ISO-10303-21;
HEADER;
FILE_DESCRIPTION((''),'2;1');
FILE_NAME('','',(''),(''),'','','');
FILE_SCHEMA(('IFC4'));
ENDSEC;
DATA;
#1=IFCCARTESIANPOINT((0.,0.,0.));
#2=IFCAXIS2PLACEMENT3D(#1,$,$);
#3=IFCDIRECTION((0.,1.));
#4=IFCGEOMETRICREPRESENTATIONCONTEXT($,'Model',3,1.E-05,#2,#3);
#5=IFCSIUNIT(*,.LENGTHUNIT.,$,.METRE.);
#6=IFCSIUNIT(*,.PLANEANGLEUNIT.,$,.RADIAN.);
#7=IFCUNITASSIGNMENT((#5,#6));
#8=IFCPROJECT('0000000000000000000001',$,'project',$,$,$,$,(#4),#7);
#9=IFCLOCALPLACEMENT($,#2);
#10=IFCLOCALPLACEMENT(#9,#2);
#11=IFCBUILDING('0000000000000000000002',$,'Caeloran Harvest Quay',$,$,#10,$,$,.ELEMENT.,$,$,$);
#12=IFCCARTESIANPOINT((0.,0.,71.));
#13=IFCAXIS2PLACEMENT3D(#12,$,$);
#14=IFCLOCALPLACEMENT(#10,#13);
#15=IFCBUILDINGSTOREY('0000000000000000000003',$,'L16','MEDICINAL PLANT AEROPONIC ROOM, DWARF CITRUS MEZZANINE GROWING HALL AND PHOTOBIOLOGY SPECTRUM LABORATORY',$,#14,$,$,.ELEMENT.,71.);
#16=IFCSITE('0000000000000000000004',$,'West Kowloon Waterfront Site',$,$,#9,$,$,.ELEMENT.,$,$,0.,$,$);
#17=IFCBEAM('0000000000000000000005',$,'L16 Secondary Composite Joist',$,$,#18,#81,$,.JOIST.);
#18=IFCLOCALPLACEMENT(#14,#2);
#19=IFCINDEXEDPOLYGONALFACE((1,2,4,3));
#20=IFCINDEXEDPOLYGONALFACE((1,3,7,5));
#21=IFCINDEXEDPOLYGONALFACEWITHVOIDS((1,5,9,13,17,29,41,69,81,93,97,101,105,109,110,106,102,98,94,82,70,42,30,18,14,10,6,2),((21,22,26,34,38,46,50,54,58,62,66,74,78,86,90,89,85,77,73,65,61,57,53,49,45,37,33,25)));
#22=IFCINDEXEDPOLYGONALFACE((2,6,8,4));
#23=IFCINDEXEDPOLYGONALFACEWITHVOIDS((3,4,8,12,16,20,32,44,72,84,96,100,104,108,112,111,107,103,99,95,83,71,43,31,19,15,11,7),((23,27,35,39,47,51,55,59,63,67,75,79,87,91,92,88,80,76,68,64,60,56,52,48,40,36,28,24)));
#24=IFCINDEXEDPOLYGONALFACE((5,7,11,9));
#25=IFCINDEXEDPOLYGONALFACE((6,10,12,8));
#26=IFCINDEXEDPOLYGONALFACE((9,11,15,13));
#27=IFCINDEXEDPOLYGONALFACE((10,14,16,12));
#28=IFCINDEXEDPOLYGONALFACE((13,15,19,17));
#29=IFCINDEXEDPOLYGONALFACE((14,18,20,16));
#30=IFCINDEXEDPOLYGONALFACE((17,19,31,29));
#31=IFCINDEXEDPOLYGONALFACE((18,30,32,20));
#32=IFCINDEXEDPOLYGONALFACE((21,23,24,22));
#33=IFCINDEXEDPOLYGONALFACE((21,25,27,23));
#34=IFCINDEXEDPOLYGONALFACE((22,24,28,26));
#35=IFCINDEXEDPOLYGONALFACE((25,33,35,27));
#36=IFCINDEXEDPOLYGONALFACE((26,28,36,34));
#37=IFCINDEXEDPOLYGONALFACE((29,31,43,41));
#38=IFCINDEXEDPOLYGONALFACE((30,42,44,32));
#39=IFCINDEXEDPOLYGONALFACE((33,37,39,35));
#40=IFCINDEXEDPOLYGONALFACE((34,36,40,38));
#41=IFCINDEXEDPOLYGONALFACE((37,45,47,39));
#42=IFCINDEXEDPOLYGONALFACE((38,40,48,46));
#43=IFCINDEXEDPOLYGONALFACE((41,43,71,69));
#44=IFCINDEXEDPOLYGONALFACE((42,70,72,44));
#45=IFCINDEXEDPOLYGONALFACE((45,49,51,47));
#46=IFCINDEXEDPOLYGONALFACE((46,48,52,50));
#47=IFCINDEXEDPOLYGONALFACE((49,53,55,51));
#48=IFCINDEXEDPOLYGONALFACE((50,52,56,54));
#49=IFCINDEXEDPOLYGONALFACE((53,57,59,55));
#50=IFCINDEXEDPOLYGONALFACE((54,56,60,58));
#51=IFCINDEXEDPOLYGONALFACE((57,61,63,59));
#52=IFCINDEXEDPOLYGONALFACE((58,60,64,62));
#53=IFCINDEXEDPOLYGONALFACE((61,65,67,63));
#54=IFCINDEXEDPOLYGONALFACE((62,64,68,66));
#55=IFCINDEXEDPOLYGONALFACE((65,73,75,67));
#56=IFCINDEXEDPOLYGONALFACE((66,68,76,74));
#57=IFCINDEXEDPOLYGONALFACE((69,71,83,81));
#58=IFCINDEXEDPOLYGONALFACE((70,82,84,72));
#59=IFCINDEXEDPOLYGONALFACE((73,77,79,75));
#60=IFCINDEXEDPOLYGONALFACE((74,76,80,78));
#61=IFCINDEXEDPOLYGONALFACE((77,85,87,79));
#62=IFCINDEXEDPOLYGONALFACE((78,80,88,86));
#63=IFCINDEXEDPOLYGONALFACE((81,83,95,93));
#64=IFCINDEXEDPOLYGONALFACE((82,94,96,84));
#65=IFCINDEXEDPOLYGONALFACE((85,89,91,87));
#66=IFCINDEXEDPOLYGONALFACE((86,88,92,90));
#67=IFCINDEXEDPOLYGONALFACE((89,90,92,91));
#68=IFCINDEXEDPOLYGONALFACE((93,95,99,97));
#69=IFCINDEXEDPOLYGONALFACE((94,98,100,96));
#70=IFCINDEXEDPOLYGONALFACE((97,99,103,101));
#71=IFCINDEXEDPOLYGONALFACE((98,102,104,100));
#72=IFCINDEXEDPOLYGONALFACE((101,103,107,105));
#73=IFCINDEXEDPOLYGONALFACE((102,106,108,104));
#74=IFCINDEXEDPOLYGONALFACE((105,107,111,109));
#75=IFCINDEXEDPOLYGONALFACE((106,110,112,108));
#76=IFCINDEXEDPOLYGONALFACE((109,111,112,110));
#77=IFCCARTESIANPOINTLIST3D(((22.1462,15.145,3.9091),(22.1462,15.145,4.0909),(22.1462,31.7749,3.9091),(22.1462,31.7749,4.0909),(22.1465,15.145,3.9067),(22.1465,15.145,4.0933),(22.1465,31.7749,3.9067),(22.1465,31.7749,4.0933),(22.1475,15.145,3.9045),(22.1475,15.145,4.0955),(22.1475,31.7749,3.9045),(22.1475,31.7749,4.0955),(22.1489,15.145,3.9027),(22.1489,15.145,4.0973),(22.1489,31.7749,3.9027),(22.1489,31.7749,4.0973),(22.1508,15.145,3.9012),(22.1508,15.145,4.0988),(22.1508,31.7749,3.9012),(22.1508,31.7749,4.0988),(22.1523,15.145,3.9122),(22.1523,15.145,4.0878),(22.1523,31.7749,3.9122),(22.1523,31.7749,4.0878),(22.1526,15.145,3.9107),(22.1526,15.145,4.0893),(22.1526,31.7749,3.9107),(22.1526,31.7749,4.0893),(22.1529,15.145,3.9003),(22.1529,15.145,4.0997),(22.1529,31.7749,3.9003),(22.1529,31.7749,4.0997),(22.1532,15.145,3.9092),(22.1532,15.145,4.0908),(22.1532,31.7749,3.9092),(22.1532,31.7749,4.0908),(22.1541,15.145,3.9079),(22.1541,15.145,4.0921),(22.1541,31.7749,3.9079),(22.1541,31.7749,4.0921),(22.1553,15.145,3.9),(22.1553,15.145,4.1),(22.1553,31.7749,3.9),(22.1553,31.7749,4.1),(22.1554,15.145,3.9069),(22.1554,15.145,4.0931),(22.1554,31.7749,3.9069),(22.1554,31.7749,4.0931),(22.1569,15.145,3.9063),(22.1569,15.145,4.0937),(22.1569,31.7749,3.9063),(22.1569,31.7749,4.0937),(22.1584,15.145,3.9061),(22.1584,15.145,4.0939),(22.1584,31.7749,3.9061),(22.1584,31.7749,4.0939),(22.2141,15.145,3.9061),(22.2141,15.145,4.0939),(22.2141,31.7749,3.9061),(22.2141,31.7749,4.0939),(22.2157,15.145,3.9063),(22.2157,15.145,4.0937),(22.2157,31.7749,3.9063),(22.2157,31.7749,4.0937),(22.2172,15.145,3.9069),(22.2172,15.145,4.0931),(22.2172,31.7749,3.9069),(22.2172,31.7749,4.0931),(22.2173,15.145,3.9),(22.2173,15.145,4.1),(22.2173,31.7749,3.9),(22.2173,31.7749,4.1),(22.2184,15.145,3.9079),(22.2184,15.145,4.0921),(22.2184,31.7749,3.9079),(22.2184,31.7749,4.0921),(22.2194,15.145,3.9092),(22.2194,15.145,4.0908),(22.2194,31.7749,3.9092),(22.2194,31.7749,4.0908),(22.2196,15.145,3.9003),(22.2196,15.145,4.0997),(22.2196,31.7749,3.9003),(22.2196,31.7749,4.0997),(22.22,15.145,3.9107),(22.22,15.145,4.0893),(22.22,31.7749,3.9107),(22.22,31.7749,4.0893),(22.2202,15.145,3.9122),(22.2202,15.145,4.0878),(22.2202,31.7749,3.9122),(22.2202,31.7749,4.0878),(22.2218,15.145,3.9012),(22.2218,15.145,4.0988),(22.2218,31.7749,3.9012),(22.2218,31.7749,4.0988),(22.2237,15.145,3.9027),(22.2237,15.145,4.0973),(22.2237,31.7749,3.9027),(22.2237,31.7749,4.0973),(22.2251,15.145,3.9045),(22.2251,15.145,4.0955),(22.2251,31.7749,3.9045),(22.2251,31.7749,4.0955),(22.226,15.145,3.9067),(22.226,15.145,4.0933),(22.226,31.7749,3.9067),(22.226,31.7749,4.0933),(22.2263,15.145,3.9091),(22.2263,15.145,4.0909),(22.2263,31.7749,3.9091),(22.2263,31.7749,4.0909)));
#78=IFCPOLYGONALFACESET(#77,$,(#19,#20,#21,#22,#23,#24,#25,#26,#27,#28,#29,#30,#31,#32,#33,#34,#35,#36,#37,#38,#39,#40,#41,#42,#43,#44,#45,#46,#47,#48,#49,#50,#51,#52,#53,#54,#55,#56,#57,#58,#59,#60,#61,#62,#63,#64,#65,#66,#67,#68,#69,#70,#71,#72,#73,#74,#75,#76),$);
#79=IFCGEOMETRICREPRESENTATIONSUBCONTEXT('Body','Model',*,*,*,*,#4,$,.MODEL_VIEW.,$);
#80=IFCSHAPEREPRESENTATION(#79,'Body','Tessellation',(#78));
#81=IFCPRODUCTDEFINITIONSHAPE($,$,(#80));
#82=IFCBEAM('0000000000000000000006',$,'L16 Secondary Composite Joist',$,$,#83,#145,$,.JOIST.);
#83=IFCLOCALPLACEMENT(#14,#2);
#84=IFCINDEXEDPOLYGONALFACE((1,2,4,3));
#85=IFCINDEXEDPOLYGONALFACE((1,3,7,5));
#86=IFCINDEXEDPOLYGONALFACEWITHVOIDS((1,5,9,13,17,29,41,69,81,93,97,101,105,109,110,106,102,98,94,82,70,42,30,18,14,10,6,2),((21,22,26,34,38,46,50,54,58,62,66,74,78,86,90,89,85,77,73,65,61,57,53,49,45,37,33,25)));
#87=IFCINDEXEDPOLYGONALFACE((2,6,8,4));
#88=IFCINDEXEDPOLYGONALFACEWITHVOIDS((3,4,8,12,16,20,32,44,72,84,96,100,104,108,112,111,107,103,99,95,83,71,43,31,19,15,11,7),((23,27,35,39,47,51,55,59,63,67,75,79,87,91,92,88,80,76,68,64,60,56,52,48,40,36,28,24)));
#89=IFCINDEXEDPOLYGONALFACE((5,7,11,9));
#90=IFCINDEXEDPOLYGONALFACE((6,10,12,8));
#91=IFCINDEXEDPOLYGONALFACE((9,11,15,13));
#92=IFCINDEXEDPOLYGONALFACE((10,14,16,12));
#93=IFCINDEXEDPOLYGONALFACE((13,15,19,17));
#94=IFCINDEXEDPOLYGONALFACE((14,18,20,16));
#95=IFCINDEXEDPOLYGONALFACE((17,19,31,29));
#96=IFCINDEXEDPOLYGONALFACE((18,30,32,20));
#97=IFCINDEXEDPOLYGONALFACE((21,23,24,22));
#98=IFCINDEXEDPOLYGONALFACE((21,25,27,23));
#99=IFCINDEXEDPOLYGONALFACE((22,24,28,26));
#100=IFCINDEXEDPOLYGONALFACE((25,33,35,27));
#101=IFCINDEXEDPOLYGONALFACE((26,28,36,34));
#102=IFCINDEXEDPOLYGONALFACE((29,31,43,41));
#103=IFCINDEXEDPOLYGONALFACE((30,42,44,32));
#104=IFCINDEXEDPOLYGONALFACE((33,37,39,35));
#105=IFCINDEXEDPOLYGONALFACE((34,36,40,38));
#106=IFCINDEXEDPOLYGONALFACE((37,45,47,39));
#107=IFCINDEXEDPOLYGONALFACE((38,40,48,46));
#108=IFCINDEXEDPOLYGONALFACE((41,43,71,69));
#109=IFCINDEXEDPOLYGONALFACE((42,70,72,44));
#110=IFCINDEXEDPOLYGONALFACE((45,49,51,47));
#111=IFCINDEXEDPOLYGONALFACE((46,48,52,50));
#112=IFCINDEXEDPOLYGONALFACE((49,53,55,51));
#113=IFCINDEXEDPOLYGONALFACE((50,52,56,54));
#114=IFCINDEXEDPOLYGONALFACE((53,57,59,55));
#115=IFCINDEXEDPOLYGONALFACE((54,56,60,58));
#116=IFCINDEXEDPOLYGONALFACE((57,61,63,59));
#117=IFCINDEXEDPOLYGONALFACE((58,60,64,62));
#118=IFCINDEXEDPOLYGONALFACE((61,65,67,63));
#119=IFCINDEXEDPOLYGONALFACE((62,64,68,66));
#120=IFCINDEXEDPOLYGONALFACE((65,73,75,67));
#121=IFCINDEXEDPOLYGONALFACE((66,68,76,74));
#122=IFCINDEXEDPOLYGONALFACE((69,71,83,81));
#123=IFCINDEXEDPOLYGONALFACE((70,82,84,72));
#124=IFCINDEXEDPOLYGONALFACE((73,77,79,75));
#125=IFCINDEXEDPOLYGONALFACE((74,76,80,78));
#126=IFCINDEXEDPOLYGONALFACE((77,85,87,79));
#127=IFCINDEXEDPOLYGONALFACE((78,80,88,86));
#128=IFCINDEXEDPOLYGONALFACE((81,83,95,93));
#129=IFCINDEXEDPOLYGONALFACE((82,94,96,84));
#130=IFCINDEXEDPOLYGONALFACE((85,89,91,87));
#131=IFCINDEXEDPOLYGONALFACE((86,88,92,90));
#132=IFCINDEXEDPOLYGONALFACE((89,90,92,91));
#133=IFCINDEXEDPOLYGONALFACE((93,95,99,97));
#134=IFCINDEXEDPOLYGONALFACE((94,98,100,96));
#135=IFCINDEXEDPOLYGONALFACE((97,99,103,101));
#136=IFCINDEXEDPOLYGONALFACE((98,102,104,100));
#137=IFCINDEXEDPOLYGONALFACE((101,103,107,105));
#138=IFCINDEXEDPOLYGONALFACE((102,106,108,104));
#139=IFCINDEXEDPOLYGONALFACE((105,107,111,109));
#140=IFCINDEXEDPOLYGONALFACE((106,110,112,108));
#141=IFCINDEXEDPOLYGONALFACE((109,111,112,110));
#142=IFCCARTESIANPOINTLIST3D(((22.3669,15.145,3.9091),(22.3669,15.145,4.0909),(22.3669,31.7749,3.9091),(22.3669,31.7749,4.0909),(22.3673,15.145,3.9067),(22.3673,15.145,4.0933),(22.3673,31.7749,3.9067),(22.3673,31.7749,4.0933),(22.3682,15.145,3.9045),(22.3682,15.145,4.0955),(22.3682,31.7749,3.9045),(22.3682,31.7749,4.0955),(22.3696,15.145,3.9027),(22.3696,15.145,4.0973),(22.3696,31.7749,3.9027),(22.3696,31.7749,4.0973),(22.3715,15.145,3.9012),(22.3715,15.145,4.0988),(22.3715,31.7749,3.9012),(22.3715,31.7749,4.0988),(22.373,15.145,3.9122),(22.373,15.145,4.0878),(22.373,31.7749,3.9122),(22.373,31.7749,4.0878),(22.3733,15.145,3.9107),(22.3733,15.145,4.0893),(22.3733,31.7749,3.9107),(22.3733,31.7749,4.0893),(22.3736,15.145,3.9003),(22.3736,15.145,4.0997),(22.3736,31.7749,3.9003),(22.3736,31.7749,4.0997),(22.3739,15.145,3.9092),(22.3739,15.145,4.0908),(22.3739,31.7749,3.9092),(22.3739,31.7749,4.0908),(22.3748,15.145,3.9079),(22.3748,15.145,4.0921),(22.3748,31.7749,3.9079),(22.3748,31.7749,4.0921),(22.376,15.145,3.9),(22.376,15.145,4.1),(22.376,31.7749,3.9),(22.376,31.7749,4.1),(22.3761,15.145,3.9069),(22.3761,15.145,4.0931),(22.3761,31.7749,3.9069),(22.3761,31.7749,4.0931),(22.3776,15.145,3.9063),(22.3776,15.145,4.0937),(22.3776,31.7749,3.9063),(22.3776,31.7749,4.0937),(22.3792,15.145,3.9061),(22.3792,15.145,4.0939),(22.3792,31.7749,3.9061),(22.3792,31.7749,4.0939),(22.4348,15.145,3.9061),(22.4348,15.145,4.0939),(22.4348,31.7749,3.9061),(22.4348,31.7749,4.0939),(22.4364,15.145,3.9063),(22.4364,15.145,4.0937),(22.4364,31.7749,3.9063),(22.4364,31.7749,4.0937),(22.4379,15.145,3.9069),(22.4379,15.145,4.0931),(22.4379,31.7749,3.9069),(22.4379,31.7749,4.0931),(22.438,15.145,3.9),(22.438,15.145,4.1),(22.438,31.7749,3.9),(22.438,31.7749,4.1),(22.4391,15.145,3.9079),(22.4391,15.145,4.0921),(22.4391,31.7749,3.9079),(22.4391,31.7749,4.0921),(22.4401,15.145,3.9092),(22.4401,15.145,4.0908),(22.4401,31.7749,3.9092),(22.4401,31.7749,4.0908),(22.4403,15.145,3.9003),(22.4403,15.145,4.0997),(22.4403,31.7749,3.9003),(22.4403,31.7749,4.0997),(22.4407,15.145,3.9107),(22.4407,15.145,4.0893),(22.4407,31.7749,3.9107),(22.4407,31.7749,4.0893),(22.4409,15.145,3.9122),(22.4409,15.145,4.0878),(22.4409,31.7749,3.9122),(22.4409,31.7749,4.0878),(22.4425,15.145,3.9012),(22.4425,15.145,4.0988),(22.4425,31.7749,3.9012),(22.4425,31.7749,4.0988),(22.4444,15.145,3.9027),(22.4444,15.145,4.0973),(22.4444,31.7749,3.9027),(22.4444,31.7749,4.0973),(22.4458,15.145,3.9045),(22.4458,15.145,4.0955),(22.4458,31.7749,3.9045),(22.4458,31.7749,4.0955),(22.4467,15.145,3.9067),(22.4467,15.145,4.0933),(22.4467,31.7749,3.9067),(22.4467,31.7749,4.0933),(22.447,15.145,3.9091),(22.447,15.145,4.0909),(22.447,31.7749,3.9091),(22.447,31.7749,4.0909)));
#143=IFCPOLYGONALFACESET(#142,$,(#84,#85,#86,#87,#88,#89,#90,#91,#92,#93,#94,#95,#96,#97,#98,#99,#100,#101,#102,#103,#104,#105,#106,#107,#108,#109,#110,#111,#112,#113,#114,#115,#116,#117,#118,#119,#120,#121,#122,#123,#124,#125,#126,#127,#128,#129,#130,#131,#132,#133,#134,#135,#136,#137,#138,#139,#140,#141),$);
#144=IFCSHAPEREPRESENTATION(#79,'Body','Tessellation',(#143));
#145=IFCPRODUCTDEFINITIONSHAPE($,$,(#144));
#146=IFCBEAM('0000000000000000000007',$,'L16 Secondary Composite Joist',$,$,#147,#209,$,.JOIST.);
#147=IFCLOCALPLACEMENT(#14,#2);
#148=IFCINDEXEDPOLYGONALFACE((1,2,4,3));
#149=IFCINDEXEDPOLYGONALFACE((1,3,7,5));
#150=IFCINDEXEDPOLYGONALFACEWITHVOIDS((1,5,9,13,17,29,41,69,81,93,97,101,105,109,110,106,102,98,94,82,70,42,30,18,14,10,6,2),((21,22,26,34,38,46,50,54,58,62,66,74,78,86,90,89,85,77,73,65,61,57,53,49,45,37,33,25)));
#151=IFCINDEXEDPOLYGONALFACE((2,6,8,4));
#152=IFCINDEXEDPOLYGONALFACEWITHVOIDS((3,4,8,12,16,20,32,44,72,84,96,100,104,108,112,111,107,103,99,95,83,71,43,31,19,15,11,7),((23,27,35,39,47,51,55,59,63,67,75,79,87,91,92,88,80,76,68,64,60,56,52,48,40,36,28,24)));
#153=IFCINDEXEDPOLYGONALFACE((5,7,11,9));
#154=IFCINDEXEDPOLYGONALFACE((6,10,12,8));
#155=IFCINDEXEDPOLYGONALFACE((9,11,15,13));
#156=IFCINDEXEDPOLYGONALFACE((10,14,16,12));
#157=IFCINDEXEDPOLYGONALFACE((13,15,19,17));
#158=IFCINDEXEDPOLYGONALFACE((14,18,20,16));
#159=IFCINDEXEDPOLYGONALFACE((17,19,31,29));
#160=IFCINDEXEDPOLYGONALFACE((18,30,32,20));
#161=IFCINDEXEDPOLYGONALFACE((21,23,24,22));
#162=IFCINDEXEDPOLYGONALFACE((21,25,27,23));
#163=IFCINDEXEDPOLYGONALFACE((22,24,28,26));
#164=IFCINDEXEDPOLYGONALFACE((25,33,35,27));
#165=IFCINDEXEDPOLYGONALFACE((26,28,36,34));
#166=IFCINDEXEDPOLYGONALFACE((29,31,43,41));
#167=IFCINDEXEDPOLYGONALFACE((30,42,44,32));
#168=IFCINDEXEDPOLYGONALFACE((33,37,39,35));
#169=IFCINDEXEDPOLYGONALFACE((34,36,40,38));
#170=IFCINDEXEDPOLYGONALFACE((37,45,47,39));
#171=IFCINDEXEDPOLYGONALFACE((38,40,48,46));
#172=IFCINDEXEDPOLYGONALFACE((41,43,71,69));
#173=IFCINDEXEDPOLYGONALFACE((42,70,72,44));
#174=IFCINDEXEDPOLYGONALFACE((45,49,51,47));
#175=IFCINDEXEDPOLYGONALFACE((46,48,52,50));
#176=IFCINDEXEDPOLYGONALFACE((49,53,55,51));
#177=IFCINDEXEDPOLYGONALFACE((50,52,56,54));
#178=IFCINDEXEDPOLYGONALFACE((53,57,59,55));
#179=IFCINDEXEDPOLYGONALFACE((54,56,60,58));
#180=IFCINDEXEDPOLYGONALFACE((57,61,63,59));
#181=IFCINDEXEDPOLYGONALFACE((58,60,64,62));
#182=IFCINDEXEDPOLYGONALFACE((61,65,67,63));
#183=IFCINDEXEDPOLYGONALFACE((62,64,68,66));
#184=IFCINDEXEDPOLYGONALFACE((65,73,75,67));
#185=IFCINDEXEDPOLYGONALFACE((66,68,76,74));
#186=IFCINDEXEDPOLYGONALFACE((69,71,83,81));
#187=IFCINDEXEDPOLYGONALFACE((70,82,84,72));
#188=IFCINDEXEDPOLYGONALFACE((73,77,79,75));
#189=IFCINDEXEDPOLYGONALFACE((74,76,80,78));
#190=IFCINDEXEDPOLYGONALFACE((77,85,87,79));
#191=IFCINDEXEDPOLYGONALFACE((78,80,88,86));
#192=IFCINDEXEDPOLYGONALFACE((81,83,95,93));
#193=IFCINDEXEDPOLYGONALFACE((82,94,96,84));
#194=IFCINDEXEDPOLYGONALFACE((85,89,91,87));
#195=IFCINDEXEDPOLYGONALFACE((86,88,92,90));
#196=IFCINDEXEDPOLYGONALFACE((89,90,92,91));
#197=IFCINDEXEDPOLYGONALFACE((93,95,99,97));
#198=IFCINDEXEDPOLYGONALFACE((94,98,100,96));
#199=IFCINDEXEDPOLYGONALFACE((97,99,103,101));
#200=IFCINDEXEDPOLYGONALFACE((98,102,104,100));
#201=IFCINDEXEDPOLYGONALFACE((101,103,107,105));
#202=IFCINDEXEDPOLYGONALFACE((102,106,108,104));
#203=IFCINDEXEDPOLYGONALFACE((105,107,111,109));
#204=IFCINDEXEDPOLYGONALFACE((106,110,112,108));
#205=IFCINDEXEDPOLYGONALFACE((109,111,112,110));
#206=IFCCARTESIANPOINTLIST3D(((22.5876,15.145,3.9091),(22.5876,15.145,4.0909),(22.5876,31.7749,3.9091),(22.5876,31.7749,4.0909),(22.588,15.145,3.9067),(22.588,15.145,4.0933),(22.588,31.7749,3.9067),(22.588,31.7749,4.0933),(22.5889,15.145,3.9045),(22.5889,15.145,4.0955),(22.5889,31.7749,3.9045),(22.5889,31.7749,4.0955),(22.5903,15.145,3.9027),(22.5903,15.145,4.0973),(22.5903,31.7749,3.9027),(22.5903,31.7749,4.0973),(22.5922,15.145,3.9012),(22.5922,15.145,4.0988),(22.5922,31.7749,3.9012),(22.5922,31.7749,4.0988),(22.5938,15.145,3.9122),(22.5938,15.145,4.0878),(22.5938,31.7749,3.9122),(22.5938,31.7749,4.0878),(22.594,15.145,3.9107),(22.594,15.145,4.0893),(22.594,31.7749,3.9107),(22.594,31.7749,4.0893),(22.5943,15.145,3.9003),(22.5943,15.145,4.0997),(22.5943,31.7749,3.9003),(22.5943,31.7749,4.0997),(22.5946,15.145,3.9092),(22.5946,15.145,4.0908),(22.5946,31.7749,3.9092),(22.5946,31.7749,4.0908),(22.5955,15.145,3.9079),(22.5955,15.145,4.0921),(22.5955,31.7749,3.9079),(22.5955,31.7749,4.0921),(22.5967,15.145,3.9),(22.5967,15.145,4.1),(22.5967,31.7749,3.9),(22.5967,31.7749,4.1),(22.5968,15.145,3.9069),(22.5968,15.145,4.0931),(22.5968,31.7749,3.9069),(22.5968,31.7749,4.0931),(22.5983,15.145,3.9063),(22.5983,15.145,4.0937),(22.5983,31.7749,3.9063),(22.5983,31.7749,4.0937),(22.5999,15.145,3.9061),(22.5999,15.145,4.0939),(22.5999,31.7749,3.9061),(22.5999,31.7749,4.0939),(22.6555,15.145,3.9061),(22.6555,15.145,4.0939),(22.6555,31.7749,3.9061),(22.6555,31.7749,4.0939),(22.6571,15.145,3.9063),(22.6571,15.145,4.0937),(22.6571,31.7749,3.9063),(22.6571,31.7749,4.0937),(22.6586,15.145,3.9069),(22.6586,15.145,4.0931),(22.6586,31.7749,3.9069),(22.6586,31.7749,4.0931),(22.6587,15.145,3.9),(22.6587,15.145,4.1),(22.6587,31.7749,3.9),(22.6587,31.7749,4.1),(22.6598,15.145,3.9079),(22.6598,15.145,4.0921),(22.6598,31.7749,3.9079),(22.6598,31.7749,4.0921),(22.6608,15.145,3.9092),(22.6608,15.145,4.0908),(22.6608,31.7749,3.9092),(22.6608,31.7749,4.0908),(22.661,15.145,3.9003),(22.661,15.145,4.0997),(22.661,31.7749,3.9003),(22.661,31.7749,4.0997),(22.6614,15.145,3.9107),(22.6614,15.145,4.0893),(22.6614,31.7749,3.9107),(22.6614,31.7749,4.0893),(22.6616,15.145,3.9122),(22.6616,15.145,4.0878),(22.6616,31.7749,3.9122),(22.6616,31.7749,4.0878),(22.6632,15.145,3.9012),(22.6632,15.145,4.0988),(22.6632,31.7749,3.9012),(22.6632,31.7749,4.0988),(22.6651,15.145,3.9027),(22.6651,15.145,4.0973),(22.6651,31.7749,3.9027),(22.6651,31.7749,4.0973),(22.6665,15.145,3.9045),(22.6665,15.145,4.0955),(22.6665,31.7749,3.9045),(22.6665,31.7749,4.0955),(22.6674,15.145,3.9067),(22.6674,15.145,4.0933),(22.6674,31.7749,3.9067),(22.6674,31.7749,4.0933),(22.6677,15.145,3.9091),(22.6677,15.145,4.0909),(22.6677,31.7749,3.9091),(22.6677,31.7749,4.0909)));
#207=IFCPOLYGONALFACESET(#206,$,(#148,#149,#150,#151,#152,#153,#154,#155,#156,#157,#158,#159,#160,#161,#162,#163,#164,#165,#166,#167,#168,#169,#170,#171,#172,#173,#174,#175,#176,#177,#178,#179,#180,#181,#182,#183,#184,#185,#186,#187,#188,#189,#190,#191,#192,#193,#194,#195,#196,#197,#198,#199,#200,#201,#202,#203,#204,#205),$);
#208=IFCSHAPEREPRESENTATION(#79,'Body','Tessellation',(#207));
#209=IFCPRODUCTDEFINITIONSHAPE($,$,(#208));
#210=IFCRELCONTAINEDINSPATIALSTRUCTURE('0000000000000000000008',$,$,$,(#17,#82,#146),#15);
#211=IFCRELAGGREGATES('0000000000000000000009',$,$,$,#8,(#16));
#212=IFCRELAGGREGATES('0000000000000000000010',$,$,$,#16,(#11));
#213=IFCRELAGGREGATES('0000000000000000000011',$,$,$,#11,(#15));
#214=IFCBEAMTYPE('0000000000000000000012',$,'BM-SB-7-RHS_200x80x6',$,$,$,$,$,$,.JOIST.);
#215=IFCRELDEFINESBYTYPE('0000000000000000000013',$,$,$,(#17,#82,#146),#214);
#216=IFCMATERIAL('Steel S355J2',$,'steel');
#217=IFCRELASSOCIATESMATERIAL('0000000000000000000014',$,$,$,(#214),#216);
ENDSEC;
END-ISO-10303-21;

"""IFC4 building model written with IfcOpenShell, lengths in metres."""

from ifc_helpers import new_model, si_unit, direction, frame, origin, origin_2d, place, context, subcontext, project, spatial, hollow_rectangle, extrude, material, material_profile, profile_set, type_object, element, save


model = new_model("IFC4")

# Units and contexts
model_context = context("Model", 3, precision=1e-05, world=origin(), true_north=direction((0.0, 1.0)))
body_context = subcontext(model_context, "Body", "Model", "MODEL_VIEW")
ifc_project = project(units=[si_unit("LENGTHUNIT", "METRE"), si_unit("PLANEANGLEUNIT", "RADIAN")], contexts=[model_context])

# Site, building, storey
site_placement = place(None, origin())
site = spatial("IfcSite", under=ifc_project, at=site_placement, Name="West Kowloon Waterfront Site", CompositionType="ELEMENT", RefElevation=0.0)
building_placement = place(site_placement, origin())
building = spatial("IfcBuilding", under=site, at=building_placement, Name="Caeloran Harvest Quay", CompositionType="ELEMENT")
storey_placement = place(building_placement, frame((0.0, 0.0, 71.0)))
storey = spatial("IfcBuildingStorey", under=building, at=storey_placement, Name="L16", Description="MEDICINAL PLANT AEROPONIC ROOM, DWARF CITRUS MEZZANINE GROWING HALL AND PHOTOBIOLOGY SPECTRUM LABORATORY", CompositionType="ELEMENT", Elevation=71.0)

# Beams
ifc_material_1 = material(Name="Steel S355J2", Category="steel")
ifc_material_profile_1 = material_profile(ifc_material_1, hollow_rectangle(XDim=0.0801, YDim=0.2, WallThickness=0.0061, InnerFilletRadius=0.0061, OuterFilletRadius=0.009, at=origin_2d()), Name="RHS 200x80x6")
ifc_profile_set_1 = profile_set([ifc_material_profile_1], Name="Steel S355J2")
beam_type_1 = type_object("IfcBeamType", Name="BM-SB-7-RHS_200x80x6", PredefinedType="JOIST", material=ifc_profile_set_1)
for number, where, z_axis, x_axis, name in (
    (1, (22.1863, 15.145, 4.0), (0.0, 1.0, 0.0), (-1.0, 0.0, 0.0), "L16 Secondary Composite Joist"),
    (2, (22.407, 15.145, 4.0), (0.0, 1.0, 0.0), (-1.0, 0.0, 0.0), "L16 Secondary Composite Joist"),
    (3, (22.6277, 15.145, 4.0), (0.0, 1.0, 0.0), (-1.0, 0.0, 0.0), "L16 Secondary Composite Joist"),
):
    element("IfcBeam", number, at=place(storey_placement, frame(where, z_axis=z_axis, x_axis=x_axis)), inside=storey, type_object=beam_type_1, Name=name, PredefinedType="JOIST", context=body_context, shape_type="SweptSolid", body=[
        extrude(hollow_rectangle(XDim=0.0801, YDim=0.2, WallThickness=0.0061, InnerFilletRadius=0.0061, OuterFilletRadius=0.009, at=origin_2d()), origin(), (0.0, 0.0, 1.0), 16.6299),
    ])

save(model, "model.ifc")
